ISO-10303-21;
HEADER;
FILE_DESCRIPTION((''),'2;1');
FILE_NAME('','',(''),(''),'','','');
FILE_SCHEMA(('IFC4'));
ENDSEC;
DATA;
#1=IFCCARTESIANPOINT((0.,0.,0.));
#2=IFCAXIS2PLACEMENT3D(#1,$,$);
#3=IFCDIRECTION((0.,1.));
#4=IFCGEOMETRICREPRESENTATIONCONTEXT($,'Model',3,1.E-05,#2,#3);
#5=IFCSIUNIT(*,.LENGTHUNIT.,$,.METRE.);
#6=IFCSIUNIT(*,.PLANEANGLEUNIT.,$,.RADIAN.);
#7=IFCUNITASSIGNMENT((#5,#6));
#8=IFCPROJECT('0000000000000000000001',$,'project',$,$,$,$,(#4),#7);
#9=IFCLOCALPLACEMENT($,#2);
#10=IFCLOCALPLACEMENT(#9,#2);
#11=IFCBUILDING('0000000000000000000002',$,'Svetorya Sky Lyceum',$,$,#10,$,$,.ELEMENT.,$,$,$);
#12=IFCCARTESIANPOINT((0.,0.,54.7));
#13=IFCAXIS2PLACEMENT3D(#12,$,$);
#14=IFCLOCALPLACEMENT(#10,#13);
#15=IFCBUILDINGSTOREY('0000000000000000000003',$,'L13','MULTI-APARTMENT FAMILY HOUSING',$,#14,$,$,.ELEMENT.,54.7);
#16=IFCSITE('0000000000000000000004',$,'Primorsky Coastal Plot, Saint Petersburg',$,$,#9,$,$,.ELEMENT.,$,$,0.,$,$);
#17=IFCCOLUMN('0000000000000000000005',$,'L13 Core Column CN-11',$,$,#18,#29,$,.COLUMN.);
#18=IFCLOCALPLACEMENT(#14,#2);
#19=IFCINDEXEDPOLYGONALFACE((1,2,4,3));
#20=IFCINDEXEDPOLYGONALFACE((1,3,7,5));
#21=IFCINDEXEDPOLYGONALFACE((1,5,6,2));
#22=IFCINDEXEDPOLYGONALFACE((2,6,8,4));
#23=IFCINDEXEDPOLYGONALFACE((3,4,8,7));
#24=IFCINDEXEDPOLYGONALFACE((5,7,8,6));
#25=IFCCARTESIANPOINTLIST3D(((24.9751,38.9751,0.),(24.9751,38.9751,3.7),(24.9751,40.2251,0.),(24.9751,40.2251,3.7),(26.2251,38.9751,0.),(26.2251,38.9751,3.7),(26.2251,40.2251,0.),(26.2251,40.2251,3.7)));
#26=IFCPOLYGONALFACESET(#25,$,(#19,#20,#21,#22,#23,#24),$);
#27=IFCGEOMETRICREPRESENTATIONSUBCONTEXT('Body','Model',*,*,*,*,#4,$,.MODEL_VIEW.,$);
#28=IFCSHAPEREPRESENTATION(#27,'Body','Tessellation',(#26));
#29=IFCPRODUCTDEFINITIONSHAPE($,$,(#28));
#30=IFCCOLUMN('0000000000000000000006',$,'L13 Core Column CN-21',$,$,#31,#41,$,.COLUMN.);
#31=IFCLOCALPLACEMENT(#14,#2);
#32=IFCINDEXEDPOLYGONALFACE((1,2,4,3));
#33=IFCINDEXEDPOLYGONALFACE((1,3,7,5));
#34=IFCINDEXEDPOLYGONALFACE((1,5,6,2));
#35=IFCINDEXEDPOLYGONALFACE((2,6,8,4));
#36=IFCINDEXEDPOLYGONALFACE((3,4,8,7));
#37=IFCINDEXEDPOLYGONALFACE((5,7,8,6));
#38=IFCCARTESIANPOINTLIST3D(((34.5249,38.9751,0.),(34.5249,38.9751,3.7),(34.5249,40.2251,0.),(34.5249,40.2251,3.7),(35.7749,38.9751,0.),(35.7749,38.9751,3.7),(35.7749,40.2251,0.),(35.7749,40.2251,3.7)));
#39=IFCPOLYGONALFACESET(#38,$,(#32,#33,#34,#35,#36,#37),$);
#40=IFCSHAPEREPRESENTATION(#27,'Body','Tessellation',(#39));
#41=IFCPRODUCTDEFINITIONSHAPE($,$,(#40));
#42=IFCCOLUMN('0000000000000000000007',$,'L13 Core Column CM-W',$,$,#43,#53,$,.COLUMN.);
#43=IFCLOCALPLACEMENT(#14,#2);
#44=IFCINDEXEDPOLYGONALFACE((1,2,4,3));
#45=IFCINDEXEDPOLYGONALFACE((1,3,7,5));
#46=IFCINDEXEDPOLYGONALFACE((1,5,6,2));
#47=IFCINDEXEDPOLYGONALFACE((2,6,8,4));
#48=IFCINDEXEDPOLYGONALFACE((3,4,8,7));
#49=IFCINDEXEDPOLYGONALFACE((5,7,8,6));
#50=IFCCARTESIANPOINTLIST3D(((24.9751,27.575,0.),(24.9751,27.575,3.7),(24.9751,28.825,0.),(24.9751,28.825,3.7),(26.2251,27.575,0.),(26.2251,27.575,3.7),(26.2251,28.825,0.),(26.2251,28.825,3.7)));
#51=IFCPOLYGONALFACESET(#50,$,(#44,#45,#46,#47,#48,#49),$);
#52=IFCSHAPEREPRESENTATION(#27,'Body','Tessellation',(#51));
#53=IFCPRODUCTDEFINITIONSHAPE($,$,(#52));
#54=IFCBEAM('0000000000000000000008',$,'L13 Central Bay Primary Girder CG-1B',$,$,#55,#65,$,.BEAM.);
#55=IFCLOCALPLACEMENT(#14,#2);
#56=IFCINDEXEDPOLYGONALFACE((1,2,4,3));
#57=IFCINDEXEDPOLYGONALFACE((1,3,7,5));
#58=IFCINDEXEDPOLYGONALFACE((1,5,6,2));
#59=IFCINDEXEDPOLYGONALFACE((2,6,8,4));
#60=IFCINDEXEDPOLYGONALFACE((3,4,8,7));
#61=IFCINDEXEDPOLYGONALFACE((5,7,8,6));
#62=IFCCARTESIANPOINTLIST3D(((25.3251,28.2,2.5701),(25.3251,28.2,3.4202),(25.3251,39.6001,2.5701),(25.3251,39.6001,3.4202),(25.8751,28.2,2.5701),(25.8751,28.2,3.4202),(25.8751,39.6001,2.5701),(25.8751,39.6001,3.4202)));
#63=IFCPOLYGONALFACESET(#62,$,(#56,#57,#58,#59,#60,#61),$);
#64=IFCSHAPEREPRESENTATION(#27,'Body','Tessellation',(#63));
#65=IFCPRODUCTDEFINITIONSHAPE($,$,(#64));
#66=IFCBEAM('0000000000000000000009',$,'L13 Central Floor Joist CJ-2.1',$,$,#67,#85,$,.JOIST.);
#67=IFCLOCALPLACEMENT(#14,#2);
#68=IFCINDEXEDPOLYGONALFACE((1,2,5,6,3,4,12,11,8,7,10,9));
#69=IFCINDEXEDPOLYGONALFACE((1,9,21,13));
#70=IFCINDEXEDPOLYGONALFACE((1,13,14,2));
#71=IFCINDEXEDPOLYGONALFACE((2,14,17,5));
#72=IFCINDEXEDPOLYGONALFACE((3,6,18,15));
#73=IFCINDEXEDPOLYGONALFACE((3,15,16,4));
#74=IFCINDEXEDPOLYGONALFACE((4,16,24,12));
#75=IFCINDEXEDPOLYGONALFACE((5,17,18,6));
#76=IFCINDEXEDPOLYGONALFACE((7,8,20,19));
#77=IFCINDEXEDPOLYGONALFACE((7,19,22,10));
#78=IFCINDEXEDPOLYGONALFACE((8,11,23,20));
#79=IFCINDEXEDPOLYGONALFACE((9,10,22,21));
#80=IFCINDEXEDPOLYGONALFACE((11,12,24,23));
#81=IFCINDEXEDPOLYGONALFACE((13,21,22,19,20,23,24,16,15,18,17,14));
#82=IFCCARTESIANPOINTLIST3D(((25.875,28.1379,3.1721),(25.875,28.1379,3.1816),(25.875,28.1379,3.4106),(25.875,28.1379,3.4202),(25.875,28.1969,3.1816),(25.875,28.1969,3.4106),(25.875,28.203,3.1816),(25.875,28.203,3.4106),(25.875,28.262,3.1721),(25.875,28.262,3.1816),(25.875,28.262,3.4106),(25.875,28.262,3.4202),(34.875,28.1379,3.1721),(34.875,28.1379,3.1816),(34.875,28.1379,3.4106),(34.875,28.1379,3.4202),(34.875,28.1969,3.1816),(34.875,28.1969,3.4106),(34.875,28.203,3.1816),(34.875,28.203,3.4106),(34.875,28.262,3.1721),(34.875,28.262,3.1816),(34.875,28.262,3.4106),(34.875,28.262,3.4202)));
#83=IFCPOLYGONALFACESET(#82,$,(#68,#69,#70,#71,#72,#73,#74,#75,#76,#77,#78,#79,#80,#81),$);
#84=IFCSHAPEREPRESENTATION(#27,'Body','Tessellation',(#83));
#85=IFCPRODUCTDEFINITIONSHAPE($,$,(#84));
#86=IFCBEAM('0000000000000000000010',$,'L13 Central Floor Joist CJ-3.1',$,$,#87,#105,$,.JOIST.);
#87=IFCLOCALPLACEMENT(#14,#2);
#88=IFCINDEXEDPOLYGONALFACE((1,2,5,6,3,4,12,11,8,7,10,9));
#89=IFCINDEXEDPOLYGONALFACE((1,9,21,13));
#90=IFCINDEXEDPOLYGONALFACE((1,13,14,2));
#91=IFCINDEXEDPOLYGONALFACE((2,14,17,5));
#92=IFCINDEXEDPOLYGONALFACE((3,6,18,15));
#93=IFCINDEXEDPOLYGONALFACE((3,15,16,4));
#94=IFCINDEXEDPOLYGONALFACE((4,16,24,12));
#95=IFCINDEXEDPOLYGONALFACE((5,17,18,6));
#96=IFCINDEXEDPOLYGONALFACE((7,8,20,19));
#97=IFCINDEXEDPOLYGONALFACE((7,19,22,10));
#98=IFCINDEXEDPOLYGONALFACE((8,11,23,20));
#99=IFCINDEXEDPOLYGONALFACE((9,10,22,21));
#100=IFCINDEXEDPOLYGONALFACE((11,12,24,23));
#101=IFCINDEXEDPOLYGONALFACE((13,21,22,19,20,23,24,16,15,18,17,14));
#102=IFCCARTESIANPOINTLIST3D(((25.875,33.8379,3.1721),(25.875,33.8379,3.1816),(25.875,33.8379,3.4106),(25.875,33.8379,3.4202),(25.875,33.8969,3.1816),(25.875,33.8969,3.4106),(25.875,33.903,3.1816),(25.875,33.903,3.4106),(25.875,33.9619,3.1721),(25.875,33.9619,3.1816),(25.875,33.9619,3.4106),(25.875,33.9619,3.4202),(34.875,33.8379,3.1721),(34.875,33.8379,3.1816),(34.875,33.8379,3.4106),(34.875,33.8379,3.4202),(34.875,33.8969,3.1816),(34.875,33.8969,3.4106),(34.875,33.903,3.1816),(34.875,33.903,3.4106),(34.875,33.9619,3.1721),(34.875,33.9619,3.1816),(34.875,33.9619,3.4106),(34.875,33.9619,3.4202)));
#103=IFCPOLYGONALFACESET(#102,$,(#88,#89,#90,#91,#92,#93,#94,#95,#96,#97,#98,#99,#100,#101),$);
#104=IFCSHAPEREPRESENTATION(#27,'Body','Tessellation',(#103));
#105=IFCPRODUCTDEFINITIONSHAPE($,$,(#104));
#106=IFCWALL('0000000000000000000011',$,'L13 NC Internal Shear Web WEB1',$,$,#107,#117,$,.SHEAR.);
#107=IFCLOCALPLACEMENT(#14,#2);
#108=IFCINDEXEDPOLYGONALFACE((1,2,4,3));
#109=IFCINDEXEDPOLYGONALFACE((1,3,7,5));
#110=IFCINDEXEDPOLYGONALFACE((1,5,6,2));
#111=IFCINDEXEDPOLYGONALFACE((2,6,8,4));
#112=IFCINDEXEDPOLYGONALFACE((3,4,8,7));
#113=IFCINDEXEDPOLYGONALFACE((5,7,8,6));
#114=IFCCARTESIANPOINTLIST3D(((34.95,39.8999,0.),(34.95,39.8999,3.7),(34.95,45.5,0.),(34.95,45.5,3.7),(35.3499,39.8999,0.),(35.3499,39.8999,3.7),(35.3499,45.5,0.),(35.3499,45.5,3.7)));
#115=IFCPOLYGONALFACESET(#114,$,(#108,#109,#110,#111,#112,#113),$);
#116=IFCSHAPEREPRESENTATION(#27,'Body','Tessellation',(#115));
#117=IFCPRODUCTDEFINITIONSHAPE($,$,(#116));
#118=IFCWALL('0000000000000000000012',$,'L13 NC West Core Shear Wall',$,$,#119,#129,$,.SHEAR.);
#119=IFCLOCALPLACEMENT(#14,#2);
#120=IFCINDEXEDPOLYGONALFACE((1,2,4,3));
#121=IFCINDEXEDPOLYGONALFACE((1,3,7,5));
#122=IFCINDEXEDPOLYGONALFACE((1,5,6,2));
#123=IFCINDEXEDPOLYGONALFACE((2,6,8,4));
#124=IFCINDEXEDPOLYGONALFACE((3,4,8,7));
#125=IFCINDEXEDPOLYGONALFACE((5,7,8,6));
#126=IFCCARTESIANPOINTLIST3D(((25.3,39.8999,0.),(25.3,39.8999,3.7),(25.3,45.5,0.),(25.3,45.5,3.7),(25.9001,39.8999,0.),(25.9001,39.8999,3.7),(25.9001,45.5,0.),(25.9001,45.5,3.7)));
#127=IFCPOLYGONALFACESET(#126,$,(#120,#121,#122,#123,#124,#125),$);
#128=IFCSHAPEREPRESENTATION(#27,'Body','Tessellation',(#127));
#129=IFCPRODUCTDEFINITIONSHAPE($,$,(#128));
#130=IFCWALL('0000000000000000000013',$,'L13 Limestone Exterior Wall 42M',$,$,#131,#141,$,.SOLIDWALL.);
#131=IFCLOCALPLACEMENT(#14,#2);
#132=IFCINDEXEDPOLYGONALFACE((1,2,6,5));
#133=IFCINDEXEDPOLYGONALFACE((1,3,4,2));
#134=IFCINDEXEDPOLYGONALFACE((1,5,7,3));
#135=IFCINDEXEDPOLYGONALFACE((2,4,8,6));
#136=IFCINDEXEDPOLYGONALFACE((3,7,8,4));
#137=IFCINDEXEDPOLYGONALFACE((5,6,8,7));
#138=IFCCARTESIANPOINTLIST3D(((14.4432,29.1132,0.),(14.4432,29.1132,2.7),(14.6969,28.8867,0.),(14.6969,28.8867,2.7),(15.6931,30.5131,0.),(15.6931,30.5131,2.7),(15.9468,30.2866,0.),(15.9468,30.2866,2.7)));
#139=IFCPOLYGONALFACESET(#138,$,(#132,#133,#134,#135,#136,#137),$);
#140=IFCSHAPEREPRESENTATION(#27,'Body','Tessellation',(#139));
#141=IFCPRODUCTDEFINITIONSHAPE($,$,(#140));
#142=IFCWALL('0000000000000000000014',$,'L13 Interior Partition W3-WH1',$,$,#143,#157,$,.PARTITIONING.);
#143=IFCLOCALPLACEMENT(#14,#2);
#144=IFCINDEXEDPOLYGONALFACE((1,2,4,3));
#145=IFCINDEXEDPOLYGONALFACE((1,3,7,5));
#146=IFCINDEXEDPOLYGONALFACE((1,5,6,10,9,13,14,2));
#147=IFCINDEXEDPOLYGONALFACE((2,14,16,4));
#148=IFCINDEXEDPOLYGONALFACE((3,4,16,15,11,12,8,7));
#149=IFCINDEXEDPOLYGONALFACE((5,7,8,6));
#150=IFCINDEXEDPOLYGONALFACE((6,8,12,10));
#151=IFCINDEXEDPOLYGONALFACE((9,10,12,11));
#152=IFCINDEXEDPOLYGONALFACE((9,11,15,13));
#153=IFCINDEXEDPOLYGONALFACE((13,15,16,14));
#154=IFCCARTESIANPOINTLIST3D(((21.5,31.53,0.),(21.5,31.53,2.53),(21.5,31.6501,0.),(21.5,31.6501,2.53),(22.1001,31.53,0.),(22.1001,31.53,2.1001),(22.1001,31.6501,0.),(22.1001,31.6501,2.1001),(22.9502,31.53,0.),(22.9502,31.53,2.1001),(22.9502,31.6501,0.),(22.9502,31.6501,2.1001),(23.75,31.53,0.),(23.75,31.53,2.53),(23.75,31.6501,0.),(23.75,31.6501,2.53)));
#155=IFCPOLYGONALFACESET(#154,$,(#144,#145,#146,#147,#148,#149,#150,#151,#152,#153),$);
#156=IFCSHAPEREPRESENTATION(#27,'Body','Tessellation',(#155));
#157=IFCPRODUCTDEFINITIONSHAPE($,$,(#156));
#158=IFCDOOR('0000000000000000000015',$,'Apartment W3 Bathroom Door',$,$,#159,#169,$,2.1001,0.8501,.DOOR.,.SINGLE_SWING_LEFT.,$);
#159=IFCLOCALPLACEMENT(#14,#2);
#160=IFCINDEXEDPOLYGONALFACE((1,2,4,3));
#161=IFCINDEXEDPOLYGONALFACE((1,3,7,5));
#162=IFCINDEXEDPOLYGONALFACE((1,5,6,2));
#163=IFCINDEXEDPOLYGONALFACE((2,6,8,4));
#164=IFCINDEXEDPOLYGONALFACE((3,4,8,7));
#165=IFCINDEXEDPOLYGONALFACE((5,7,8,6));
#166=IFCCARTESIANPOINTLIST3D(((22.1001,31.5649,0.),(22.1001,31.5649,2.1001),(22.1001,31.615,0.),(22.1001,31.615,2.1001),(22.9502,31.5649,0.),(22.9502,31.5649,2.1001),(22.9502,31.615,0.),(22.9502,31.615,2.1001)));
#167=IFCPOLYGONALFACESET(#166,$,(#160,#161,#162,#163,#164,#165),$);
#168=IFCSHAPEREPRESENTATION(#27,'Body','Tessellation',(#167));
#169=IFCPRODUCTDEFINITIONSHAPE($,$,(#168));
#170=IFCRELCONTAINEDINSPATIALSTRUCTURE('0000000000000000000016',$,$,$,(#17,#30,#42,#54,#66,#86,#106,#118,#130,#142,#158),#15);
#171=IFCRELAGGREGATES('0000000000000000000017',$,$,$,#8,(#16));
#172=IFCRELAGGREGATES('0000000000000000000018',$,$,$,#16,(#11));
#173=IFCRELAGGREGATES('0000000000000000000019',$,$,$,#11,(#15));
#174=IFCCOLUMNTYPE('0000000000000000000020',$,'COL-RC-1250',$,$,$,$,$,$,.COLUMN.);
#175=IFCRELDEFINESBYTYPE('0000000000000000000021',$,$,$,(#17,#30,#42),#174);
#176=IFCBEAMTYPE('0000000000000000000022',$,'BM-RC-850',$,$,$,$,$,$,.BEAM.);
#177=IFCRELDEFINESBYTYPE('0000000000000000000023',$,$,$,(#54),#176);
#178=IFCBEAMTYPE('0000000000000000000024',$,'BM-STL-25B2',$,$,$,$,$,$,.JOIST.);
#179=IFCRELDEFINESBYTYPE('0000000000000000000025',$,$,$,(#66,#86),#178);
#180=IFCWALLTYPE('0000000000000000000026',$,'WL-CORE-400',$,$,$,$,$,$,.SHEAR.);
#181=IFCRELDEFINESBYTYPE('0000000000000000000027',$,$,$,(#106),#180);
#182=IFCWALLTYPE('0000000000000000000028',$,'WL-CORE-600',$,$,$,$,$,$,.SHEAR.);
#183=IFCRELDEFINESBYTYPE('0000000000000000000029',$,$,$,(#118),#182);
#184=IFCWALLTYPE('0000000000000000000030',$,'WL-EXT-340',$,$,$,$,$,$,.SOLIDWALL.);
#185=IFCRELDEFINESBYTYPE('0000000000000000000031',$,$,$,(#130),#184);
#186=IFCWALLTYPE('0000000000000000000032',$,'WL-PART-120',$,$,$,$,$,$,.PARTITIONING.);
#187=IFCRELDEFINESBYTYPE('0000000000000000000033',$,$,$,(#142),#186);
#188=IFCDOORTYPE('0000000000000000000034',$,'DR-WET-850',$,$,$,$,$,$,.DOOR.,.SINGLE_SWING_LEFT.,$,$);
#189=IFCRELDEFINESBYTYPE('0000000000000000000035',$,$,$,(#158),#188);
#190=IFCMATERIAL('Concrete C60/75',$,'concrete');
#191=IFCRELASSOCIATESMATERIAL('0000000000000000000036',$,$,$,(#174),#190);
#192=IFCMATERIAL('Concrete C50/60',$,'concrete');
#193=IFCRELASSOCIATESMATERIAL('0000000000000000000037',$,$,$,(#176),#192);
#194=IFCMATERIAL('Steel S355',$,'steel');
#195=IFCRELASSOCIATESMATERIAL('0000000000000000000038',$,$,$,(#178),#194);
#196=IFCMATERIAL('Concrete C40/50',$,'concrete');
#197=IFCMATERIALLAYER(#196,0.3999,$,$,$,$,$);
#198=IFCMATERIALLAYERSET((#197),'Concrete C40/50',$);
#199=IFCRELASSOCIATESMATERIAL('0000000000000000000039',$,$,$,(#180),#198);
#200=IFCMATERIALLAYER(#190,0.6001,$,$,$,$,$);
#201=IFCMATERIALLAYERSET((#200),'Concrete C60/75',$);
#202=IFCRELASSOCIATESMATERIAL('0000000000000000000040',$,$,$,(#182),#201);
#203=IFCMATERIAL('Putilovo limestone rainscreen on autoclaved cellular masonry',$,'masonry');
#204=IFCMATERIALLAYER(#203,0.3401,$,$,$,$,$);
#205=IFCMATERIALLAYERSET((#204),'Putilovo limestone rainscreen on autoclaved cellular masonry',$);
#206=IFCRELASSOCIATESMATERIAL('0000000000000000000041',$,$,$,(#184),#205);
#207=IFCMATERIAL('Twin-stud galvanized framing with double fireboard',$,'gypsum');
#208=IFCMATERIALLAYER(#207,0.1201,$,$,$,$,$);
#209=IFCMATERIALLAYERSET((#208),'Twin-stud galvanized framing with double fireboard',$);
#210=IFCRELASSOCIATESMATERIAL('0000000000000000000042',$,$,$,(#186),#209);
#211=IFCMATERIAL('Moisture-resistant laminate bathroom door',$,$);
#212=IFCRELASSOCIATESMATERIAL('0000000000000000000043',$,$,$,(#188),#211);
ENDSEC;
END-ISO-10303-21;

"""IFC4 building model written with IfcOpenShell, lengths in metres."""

from ifc_helpers import new_model, si_unit, direction, frame, frame_2d, origin, origin_2d, place, context, subcontext, project, spatial, rectangle, i_section, extrude, material, layer, layer_set, material_profile, profile_set, type_object, element, fill, save


model = new_model("IFC4")

# Units and contexts
model_context = context("Model", 3, precision=1e-05, world=origin(), true_north=direction((0.0, 1.0)))
body_context = subcontext(model_context, "Body", "Model", "MODEL_VIEW")
ifc_project = project(units=[si_unit("LENGTHUNIT", "METRE"), si_unit("PLANEANGLEUNIT", "RADIAN")], contexts=[model_context])

# Site, building, storey
site_placement = place(None, origin())
site = spatial("IfcSite", under=ifc_project, at=site_placement, Name="Primorsky Coastal Plot, Saint Petersburg", CompositionType="ELEMENT", RefElevation=0.0)
building_placement = place(site_placement, origin())
building = spatial("IfcBuilding", under=site, at=building_placement, Name="Svetorya Sky Lyceum", CompositionType="ELEMENT")
storey_placement = place(building_placement, frame((0.0, 0.0, 54.7)))
storey = spatial("IfcBuildingStorey", under=building, at=storey_placement, Name="L13", Description="MULTI-APARTMENT FAMILY HOUSING", CompositionType="ELEMENT", Elevation=54.7)

# Columns
ifc_material_1 = material(Name="Concrete C60/75", Category="concrete")
ifc_material_profile_1 = material_profile(ifc_material_1, rectangle(XDim=1.25, YDim=1.25, at=origin_2d()), Name="RC COL 1250x1250")
ifc_profile_set_1 = profile_set([ifc_material_profile_1], Name="Concrete C60/75")
column_type = type_object("IfcColumnType", Name="COL-RC-1250", PredefinedType="COLUMN", material=ifc_profile_set_1)
for number, where, z_axis, x_axis, name in (
    (1, (25.6001, 39.6001, 0.0), (0.0, 0.0, 1.0), (1.0, 0.0, 0.0), "L13 Core Column CN-11"),
    (2, (35.1499, 39.6001, 0.0), (0.0, 0.0, 1.0), (1.0, 0.0, 0.0), "L13 Core Column CN-21"),
    (3, (25.6001, 28.2, 0.0), (0.0, 0.0, 1.0), (1.0, 0.0, 0.0), "L13 Core Column CM-W"),
):
    element("IfcColumn", number, at=place(storey_placement, frame(where, z_axis=z_axis, x_axis=x_axis)), inside=storey, type_object=column_type, Name=name, PredefinedType="COLUMN", context=body_context, shape_type="SweptSolid", body=[
        extrude(rectangle(XDim=1.25, YDim=1.25, at=origin_2d()), origin(), (0.0, 0.0, 1.0), 3.7),
    ])

# Beams
ifc_material_2 = material(Name="Concrete C50/60", Category="concrete")
ifc_material_profile_2 = material_profile(ifc_material_2, rectangle(XDim=0.55, YDim=0.8501, at=origin_2d()), Name="RC BEAM 550x850")
ifc_profile_set_2 = profile_set([ifc_material_profile_2], Name="Concrete C50/60")
beam_type_1 = type_object("IfcBeamType", Name="BM-RC-850", PredefinedType="BEAM", material=ifc_profile_set_2)
beam_placement = place(storey_placement, frame((25.6001, 28.2, 2.9951), z_axis=(0.0, 1.0, 0.0), x_axis=(-1.0, 0.0, 0.0)))
element("IfcBeam", 4, at=beam_placement, inside=storey, type_object=beam_type_1, Name="L13 Central Bay Primary Girder CG-1B", PredefinedType="BEAM", context=body_context, shape_type="SweptSolid", body=[
    extrude(rectangle(XDim=0.55, YDim=0.8501, at=origin_2d()), origin(), (0.0, 0.0, 1.0), 11.4001),
])
ifc_material_3 = material(Name="Steel S355", Category="steel")
ifc_material_profile_3 = material_profile(ifc_material_3, i_section(OverallWidth=0.124, OverallDepth=0.248, WebThickness=0.0061, FlangeThickness=0.0095, at=origin_2d()), Name="GOST 25B2")
ifc_profile_set_3 = profile_set([ifc_material_profile_3], Name="Steel S355")
beam_type_2 = type_object("IfcBeamType", Name="BM-STL-25B2", PredefinedType="JOIST", material=ifc_profile_set_3)
for number, where, z_axis, x_axis, name in (
    (5, (25.875, 28.2, 3.2961), (1.0, 0.0, 0.0), (0.0, 1.0, 0.0), "L13 Central Floor Joist CJ-2.1"),
    (6, (25.875, 33.8999, 3.2961), (1.0, 0.0, 0.0), (0.0, 1.0, 0.0), "L13 Central Floor Joist CJ-3.1"),
):
    element("IfcBeam", number, at=place(storey_placement, frame(where, z_axis=z_axis, x_axis=x_axis)), inside=storey, type_object=beam_type_2, Name=name, PredefinedType="JOIST", context=body_context, shape_type="SweptSolid", body=[
        extrude(i_section(OverallWidth=0.124, OverallDepth=0.248, WebThickness=0.0061, FlangeThickness=0.0095, at=origin_2d()), origin(), (0.0, 0.0, 1.0), 9.0),
    ])

# Walls
ifc_material_4 = material(Name="Concrete C40/50", Category="concrete")
ifc_layer_1 = layer(ifc_material_4, 0.3999)
ifc_layer_set_1 = layer_set([ifc_layer_1], Name="Concrete C40/50")
wall_type_1 = type_object("IfcWallType", Name="WL-CORE-400", PredefinedType="SHEAR", material=ifc_layer_set_1)
wall_1_placement = place(storey_placement, frame((35.1499, 39.8999, 0.0), z_axis=(0.0, 0.0, 1.0), x_axis=(0.0, 1.0, 0.0)))
element("IfcWall", 7, at=wall_1_placement, inside=storey, type_object=wall_type_1, Name="L13 NC Internal Shear Web WEB1", PredefinedType="SHEAR", context=body_context, shape_type="SweptSolid", body=[
    extrude(rectangle(XDim=5.6001, YDim=0.3999, at=frame_2d((2.8, 0.0))), origin(), (0.0, 0.0, 1.0), 3.7),
])
ifc_layer_2 = layer(ifc_material_1, 0.6001)
ifc_layer_set_2 = layer_set([ifc_layer_2], Name="Concrete C60/75")
wall_type_2 = type_object("IfcWallType", Name="WL-CORE-600", PredefinedType="SHEAR", material=ifc_layer_set_2)
wall_2_placement = place(storey_placement, frame((25.6001, 39.8999, 0.0), z_axis=(0.0, 0.0, 1.0), x_axis=(0.0, 1.0, 0.0)))
element("IfcWall", 8, at=wall_2_placement, inside=storey, type_object=wall_type_2, Name="L13 NC West Core Shear Wall", PredefinedType="SHEAR", context=body_context, shape_type="SweptSolid", body=[
    extrude(rectangle(XDim=5.6001, YDim=0.6001, at=frame_2d((2.8, 0.0))), origin(), (0.0, 0.0, 1.0), 3.7),
])
ifc_material_5 = material(Name="Putilovo limestone rainscreen on autoclaved cellular masonry", Category="masonry")
ifc_layer_3 = layer(ifc_material_5, 0.3401)
ifc_layer_set_3 = layer_set([ifc_layer_3], Name="Putilovo limestone rainscreen on autoclaved cellular masonry")
wall_type_3 = type_object("IfcWallType", Name="WL-EXT-340", PredefinedType="SOLIDWALL", material=ifc_layer_set_3)
wall_3_placement = place(storey_placement, frame((15.8201, 30.3999, 0.0), z_axis=(0.0, 0.0, 1.0), x_axis=(-0.666042, -0.745915, 0.0)))
element("IfcWall", 9, at=wall_3_placement, inside=storey, type_object=wall_type_3, Name="L13 Limestone Exterior Wall 42M", PredefinedType="SOLIDWALL", context=body_context, shape_type="SweptSolid", body=[
    extrude(rectangle(XDim=1.8767, YDim=0.3401, at=frame_2d((0.9385, 0.0))), origin(), (0.0, 0.0, 1.0), 2.7),
])

# Wall, opening, door
ifc_material_6 = material(Name="Twin-stud galvanized framing with double fireboard", Category="gypsum")
ifc_layer_4 = layer(ifc_material_6, 0.1201)
ifc_layer_set_4 = layer_set([ifc_layer_4], Name="Twin-stud galvanized framing with double fireboard")
wall_type_4 = type_object("IfcWallType", Name="WL-PART-120", PredefinedType="PARTITIONING", material=ifc_layer_set_4)
wall_4_placement = place(storey_placement, frame((21.5, 31.5901, 0.0), z_axis=(0.0, 0.0, 1.0), x_axis=(1.0, 0.0, 0.0)))
wall_4 = element("IfcWall", 10, at=wall_4_placement, inside=storey, type_object=wall_type_4, Name="L13 Interior Partition W3-WH1", PredefinedType="PARTITIONING", context=body_context, shape_type="SweptSolid", body=[
    extrude(rectangle(XDim=2.25, YDim=0.1201, at=frame_2d((1.125, 0.0))), origin(), (0.0, 0.0, 1.0), 2.53),
])
opening_1_placement = place(wall_4_placement, frame((0.6001, 0.0, 0.0)))
opening_1 = element("IfcOpeningElement", 11, at=opening_1_placement, cuts=wall_4, PredefinedType="OPENING", context=body_context, shape_type="SweptSolid", body=[
    extrude(rectangle(XDim=0.8501, YDim=2.1001, at=frame_2d((0.425, 1.05))), frame((0.0, 0.0701, 0.0), z_axis=(0.0, -1.0, 0.0), x_axis=(1.0, 0.0, 0.0)), (0.0, 0.0, 1.0), 0.1401),
])
ifc_material_7 = material(Name="Moisture-resistant laminate bathroom door")
door_type_1 = type_object("IfcDoorType", Name="DR-WET-850", OperationType="SINGLE_SWING_LEFT", PredefinedType="DOOR", material=ifc_material_7)
door_1_placement = place(opening_1_placement, origin())
door_1 = element("IfcDoor", 12, at=door_1_placement, inside=storey, type_object=door_type_1, Name="Apartment W3 Bathroom Door", OperationType="SINGLE_SWING_LEFT", OverallHeight=2.1001, OverallWidth=0.8501, PredefinedType="DOOR", context=body_context, shape_type="SweptSolid", body=[
    extrude(rectangle(XDim=0.8501, YDim=2.1001, at=frame_2d((0.425, 1.05))), frame((0.0, 0.0249, 0.0), z_axis=(0.0, -1.0, 0.0), x_axis=(1.0, 0.0, 0.0)), (0.0, 0.0, 1.0), 0.05),
])
fill(opening_1, door_1)

save(model, "model.ifc")
